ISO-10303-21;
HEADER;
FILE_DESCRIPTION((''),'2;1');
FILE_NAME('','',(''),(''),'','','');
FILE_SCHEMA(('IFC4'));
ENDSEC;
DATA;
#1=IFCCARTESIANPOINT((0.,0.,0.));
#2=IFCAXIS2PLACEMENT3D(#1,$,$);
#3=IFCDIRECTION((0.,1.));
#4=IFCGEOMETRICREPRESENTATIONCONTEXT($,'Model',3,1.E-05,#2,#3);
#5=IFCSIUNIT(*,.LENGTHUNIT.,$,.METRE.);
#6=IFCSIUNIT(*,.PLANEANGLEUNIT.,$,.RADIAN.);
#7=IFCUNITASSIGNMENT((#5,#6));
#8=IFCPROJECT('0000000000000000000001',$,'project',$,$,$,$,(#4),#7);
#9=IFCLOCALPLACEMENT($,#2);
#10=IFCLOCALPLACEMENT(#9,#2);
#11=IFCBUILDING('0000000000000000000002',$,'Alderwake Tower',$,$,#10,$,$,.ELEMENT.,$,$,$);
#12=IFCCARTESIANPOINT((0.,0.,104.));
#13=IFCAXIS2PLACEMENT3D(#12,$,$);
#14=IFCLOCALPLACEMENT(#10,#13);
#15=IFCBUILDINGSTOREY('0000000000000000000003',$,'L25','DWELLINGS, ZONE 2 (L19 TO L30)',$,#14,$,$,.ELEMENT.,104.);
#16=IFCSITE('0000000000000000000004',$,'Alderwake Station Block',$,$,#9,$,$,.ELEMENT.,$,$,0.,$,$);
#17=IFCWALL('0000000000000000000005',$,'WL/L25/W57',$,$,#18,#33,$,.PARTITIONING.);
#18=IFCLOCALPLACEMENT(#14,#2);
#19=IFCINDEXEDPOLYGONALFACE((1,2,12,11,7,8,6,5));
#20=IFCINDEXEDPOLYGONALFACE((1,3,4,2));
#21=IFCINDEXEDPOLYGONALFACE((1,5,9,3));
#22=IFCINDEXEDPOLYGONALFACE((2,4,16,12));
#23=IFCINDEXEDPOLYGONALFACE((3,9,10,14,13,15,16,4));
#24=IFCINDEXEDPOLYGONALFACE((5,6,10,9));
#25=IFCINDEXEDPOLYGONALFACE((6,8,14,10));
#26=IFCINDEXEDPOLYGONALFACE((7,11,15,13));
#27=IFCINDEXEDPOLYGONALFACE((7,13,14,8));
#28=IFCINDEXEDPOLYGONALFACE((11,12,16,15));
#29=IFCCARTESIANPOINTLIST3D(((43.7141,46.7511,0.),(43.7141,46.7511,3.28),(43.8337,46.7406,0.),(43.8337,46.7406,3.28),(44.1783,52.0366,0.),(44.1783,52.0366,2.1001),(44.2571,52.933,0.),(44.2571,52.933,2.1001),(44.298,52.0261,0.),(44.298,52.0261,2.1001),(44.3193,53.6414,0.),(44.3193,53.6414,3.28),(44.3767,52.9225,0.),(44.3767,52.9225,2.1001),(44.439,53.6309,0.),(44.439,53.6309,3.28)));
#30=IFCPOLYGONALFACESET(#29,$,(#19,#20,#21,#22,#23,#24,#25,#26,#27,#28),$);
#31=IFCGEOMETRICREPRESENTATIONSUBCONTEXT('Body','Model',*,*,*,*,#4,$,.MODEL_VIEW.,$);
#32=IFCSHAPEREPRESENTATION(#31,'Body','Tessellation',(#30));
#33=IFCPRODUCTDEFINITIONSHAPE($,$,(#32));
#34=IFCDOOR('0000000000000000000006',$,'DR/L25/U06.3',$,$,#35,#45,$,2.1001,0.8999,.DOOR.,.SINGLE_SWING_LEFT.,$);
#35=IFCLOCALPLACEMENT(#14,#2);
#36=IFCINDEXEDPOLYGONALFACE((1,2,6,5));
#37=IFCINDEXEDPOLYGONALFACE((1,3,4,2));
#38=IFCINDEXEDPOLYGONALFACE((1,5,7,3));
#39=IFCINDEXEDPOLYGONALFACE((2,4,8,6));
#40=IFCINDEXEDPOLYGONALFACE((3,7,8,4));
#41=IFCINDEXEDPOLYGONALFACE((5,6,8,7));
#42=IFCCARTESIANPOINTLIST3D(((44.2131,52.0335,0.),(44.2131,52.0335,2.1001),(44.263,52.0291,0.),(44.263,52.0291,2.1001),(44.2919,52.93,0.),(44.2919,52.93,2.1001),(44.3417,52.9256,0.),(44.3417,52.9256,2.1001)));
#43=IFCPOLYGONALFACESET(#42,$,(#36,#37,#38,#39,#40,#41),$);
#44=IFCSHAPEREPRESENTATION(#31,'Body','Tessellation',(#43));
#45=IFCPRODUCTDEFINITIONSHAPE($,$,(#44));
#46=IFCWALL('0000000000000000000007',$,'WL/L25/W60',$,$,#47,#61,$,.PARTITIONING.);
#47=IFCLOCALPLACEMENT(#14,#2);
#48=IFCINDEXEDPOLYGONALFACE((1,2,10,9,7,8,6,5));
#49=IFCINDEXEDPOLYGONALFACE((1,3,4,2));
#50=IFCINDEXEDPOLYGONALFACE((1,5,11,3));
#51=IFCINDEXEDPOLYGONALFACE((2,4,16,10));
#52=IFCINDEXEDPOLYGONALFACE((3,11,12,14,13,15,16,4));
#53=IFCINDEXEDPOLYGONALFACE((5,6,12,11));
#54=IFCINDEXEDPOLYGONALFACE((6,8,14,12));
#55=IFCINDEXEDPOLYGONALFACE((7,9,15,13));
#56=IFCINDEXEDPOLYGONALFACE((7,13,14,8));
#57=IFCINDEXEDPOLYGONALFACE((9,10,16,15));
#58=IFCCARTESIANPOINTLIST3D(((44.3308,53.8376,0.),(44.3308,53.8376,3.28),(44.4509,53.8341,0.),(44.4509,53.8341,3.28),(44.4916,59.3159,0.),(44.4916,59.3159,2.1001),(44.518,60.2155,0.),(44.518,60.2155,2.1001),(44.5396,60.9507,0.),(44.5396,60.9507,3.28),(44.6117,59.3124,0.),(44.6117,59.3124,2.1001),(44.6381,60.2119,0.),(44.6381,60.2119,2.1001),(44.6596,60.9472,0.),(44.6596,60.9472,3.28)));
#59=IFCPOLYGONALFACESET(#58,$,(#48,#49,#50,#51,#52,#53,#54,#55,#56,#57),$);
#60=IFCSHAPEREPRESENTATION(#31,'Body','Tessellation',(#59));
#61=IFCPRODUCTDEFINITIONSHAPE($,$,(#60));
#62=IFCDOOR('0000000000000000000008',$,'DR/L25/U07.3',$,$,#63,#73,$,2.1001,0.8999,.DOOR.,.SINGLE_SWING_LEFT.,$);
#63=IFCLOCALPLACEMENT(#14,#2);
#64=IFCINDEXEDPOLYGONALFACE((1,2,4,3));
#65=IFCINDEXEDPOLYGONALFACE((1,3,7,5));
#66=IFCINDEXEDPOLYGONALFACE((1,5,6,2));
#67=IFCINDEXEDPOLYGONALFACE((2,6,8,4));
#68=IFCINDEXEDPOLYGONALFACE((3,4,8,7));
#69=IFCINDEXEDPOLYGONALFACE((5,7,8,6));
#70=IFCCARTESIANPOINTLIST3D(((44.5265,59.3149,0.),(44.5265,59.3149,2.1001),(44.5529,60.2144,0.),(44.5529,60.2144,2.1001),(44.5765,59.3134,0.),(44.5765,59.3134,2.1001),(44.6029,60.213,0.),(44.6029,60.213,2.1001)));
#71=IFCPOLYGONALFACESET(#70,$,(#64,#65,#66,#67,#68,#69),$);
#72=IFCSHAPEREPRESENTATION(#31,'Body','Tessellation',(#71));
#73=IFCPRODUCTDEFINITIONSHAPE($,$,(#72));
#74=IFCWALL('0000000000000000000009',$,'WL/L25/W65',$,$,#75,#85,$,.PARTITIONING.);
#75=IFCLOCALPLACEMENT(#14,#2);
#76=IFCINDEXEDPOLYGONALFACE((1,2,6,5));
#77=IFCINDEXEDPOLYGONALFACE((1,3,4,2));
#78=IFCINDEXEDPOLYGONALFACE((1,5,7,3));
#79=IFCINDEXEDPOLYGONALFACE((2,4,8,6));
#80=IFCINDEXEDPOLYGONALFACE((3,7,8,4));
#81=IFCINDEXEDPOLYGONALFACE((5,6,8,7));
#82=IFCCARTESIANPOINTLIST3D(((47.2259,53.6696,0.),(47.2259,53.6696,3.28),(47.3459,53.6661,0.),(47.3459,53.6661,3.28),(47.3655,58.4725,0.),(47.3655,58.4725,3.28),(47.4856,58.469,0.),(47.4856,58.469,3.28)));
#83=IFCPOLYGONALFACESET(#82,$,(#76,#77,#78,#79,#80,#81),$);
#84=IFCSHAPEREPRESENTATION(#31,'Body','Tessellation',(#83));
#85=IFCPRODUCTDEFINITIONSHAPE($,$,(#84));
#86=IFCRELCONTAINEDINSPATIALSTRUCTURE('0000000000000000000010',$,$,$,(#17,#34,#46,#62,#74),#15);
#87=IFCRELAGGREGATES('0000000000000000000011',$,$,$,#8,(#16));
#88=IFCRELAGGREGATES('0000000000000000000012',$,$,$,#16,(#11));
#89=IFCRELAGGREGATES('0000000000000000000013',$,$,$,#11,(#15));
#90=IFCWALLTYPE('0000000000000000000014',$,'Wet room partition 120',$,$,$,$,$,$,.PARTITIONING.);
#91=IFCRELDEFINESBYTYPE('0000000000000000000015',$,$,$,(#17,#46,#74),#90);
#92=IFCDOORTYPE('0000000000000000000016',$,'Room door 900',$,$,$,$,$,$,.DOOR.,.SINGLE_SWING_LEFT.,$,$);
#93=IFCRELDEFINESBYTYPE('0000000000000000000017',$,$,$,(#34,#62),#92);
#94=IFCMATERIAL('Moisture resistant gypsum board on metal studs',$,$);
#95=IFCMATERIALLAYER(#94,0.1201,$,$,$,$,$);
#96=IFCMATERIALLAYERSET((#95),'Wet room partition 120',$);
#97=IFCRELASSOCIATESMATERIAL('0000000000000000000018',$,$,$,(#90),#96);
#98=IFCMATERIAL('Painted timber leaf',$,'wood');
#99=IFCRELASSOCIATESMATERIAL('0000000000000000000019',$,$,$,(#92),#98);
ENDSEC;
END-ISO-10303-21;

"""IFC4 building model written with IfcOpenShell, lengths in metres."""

from ifc_helpers import new_model, si_unit, direction, frame, frame_2d, origin, place, context, subcontext, project, spatial, rectangle, extrude, material, layer, layer_set, type_object, element, fill, save


model = new_model("IFC4")

# Units and contexts
model_context = context("Model", 3, precision=1e-05, world=origin(), true_north=direction((0.0, 1.0)))
body_context = subcontext(model_context, "Body", "Model", "MODEL_VIEW")
ifc_project = project(units=[si_unit("LENGTHUNIT", "METRE"), si_unit("PLANEANGLEUNIT", "RADIAN")], contexts=[model_context])

# Site, building, storey
site_placement = place(None, origin())
site = spatial("IfcSite", under=ifc_project, at=site_placement, Name="Alderwake Station Block", CompositionType="ELEMENT", RefElevation=0.0)
building_placement = place(site_placement, origin())
building = spatial("IfcBuilding", under=site, at=building_placement, Name="Alderwake Tower", CompositionType="ELEMENT")
storey_placement = place(building_placement, frame((0.0, 0.0, 104.0)))
storey = spatial("IfcBuildingStorey", under=building, at=storey_placement, Name="L25", Description="DWELLINGS, ZONE 2 (L19 TO L30)", CompositionType="ELEMENT", Elevation=104.0)

# Walls, openings, doors
ifc_material_1 = material(Name="Moisture resistant gypsum board on metal studs")
ifc_layer_1 = layer(ifc_material_1, 0.1201)
ifc_layer_set_1 = layer_set([ifc_layer_1], Name="Wet room partition 120")
wall_type_1 = type_object("IfcWallType", Name="Wet room partition 120", PredefinedType="PARTITIONING", material=ifc_layer_set_1)
wall_1_placement = place(storey_placement, frame((44.3792, 53.6362, 0.0), z_axis=(0.0, 0.0, 1.0), x_axis=(-0.087502, -0.996164, 0.0)))
wall_1 = element("IfcWall", 1, at=wall_1_placement, inside=storey, type_object=wall_type_1, Name="WL/L25/W57", PredefinedType="PARTITIONING", context=body_context, shape_type="SweptSolid", body=[
    extrude(rectangle(XDim=6.9167, YDim=0.1201, at=frame_2d((3.4585, 0.0))), origin(), (0.0, 0.0, 1.0), 3.28),
])
opening_1_placement = place(wall_1_placement, frame((0.7112, 0.0, 0.0)))
opening_1 = element("IfcOpeningElement", 2, at=opening_1_placement, cuts=wall_1, PredefinedType="OPENING", context=body_context, shape_type="SweptSolid", body=[
    extrude(rectangle(XDim=0.8999, YDim=2.1001, at=frame_2d((0.45, 1.05))), frame((0.0, 0.0701, 0.0), z_axis=(0.0, -1.0, 0.0), x_axis=(1.0, 0.0, 0.0)), (0.0, 0.0, 1.0), 0.1401),
])
ifc_material_2 = material(Name="Painted timber leaf", Category="wood")
door_type_1 = type_object("IfcDoorType", Name="Room door 900", OperationType="SINGLE_SWING_LEFT", PredefinedType="DOOR", material=ifc_material_2)
door_1_placement = place(opening_1_placement, origin())
door_1 = element("IfcDoor", 3, at=door_1_placement, inside=storey, type_object=door_type_1, Name="DR/L25/U06.3", OperationType="SINGLE_SWING_LEFT", OverallHeight=2.1001, OverallWidth=0.8999, PredefinedType="DOOR", context=body_context, shape_type="SweptSolid", body=[
    extrude(rectangle(XDim=0.8999, YDim=2.1001, at=frame_2d((0.45, 1.05))), frame((0.0, 0.0249, 0.0), z_axis=(0.0, -1.0, 0.0), x_axis=(1.0, 0.0, 0.0)), (0.0, 0.0, 1.0), 0.05),
])
fill(opening_1, door_1)
wall_2_placement = place(storey_placement, frame((44.5996, 60.949, 0.0), z_axis=(0.0, 0.0, 1.0), x_axis=(-0.029334, -0.99957, 0.0)))
wall_2 = element("IfcWall", 4, at=wall_2_placement, inside=storey, type_object=wall_type_1, Name="WL/L25/W60", PredefinedType="PARTITIONING", context=body_context, shape_type="SweptSolid", body=[
    extrude(rectangle(XDim=7.1162, YDim=0.1201, at=frame_2d((3.5581, 0.0))), origin(), (0.0, 0.0, 1.0), 3.28),
])
opening_2_placement = place(wall_2_placement, frame((0.7356, 0.0, 0.0)))
opening_2 = element("IfcOpeningElement", 5, at=opening_2_placement, cuts=wall_2, PredefinedType="OPENING", context=body_context, shape_type="SweptSolid", body=[
    extrude(rectangle(XDim=0.8999, YDim=2.1001, at=frame_2d((0.45, 1.05))), frame((0.0, 0.0701, 0.0), z_axis=(0.0, -1.0, 0.0), x_axis=(1.0, 0.0, 0.0)), (0.0, 0.0, 1.0), 0.1401),
])
door_2_placement = place(opening_2_placement, origin())
door_2 = element("IfcDoor", 6, at=door_2_placement, inside=storey, type_object=door_type_1, Name="DR/L25/U07.3", OperationType="SINGLE_SWING_LEFT", OverallHeight=2.1001, OverallWidth=0.8999, PredefinedType="DOOR", context=body_context, shape_type="SweptSolid", body=[
    extrude(rectangle(XDim=0.8999, YDim=2.1001, at=frame_2d((0.45, 1.05))), frame((0.0, 0.0249, 0.0), z_axis=(0.0, -1.0, 0.0), x_axis=(1.0, 0.0, 0.0)), (0.0, 0.0, 1.0), 0.05),
])
fill(opening_2, door_2)

# Wall
wall_3_placement = place(storey_placement, frame((47.2859, 53.668, 0.0), z_axis=(0.0, 0.0, 1.0), x_axis=(0.029063, 0.999578, 0.0)))
element("IfcWall", 7, at=wall_3_placement, inside=storey, type_object=wall_type_1, Name="WL/L25/W65", PredefinedType="PARTITIONING", context=body_context, shape_type="SweptSolid", body=[
    extrude(rectangle(XDim=4.8049, YDim=0.1201, at=frame_2d((2.4023, 0.0))), origin(), (0.0, 0.0, 1.0), 3.28),
])

save(model, "model.ifc")
